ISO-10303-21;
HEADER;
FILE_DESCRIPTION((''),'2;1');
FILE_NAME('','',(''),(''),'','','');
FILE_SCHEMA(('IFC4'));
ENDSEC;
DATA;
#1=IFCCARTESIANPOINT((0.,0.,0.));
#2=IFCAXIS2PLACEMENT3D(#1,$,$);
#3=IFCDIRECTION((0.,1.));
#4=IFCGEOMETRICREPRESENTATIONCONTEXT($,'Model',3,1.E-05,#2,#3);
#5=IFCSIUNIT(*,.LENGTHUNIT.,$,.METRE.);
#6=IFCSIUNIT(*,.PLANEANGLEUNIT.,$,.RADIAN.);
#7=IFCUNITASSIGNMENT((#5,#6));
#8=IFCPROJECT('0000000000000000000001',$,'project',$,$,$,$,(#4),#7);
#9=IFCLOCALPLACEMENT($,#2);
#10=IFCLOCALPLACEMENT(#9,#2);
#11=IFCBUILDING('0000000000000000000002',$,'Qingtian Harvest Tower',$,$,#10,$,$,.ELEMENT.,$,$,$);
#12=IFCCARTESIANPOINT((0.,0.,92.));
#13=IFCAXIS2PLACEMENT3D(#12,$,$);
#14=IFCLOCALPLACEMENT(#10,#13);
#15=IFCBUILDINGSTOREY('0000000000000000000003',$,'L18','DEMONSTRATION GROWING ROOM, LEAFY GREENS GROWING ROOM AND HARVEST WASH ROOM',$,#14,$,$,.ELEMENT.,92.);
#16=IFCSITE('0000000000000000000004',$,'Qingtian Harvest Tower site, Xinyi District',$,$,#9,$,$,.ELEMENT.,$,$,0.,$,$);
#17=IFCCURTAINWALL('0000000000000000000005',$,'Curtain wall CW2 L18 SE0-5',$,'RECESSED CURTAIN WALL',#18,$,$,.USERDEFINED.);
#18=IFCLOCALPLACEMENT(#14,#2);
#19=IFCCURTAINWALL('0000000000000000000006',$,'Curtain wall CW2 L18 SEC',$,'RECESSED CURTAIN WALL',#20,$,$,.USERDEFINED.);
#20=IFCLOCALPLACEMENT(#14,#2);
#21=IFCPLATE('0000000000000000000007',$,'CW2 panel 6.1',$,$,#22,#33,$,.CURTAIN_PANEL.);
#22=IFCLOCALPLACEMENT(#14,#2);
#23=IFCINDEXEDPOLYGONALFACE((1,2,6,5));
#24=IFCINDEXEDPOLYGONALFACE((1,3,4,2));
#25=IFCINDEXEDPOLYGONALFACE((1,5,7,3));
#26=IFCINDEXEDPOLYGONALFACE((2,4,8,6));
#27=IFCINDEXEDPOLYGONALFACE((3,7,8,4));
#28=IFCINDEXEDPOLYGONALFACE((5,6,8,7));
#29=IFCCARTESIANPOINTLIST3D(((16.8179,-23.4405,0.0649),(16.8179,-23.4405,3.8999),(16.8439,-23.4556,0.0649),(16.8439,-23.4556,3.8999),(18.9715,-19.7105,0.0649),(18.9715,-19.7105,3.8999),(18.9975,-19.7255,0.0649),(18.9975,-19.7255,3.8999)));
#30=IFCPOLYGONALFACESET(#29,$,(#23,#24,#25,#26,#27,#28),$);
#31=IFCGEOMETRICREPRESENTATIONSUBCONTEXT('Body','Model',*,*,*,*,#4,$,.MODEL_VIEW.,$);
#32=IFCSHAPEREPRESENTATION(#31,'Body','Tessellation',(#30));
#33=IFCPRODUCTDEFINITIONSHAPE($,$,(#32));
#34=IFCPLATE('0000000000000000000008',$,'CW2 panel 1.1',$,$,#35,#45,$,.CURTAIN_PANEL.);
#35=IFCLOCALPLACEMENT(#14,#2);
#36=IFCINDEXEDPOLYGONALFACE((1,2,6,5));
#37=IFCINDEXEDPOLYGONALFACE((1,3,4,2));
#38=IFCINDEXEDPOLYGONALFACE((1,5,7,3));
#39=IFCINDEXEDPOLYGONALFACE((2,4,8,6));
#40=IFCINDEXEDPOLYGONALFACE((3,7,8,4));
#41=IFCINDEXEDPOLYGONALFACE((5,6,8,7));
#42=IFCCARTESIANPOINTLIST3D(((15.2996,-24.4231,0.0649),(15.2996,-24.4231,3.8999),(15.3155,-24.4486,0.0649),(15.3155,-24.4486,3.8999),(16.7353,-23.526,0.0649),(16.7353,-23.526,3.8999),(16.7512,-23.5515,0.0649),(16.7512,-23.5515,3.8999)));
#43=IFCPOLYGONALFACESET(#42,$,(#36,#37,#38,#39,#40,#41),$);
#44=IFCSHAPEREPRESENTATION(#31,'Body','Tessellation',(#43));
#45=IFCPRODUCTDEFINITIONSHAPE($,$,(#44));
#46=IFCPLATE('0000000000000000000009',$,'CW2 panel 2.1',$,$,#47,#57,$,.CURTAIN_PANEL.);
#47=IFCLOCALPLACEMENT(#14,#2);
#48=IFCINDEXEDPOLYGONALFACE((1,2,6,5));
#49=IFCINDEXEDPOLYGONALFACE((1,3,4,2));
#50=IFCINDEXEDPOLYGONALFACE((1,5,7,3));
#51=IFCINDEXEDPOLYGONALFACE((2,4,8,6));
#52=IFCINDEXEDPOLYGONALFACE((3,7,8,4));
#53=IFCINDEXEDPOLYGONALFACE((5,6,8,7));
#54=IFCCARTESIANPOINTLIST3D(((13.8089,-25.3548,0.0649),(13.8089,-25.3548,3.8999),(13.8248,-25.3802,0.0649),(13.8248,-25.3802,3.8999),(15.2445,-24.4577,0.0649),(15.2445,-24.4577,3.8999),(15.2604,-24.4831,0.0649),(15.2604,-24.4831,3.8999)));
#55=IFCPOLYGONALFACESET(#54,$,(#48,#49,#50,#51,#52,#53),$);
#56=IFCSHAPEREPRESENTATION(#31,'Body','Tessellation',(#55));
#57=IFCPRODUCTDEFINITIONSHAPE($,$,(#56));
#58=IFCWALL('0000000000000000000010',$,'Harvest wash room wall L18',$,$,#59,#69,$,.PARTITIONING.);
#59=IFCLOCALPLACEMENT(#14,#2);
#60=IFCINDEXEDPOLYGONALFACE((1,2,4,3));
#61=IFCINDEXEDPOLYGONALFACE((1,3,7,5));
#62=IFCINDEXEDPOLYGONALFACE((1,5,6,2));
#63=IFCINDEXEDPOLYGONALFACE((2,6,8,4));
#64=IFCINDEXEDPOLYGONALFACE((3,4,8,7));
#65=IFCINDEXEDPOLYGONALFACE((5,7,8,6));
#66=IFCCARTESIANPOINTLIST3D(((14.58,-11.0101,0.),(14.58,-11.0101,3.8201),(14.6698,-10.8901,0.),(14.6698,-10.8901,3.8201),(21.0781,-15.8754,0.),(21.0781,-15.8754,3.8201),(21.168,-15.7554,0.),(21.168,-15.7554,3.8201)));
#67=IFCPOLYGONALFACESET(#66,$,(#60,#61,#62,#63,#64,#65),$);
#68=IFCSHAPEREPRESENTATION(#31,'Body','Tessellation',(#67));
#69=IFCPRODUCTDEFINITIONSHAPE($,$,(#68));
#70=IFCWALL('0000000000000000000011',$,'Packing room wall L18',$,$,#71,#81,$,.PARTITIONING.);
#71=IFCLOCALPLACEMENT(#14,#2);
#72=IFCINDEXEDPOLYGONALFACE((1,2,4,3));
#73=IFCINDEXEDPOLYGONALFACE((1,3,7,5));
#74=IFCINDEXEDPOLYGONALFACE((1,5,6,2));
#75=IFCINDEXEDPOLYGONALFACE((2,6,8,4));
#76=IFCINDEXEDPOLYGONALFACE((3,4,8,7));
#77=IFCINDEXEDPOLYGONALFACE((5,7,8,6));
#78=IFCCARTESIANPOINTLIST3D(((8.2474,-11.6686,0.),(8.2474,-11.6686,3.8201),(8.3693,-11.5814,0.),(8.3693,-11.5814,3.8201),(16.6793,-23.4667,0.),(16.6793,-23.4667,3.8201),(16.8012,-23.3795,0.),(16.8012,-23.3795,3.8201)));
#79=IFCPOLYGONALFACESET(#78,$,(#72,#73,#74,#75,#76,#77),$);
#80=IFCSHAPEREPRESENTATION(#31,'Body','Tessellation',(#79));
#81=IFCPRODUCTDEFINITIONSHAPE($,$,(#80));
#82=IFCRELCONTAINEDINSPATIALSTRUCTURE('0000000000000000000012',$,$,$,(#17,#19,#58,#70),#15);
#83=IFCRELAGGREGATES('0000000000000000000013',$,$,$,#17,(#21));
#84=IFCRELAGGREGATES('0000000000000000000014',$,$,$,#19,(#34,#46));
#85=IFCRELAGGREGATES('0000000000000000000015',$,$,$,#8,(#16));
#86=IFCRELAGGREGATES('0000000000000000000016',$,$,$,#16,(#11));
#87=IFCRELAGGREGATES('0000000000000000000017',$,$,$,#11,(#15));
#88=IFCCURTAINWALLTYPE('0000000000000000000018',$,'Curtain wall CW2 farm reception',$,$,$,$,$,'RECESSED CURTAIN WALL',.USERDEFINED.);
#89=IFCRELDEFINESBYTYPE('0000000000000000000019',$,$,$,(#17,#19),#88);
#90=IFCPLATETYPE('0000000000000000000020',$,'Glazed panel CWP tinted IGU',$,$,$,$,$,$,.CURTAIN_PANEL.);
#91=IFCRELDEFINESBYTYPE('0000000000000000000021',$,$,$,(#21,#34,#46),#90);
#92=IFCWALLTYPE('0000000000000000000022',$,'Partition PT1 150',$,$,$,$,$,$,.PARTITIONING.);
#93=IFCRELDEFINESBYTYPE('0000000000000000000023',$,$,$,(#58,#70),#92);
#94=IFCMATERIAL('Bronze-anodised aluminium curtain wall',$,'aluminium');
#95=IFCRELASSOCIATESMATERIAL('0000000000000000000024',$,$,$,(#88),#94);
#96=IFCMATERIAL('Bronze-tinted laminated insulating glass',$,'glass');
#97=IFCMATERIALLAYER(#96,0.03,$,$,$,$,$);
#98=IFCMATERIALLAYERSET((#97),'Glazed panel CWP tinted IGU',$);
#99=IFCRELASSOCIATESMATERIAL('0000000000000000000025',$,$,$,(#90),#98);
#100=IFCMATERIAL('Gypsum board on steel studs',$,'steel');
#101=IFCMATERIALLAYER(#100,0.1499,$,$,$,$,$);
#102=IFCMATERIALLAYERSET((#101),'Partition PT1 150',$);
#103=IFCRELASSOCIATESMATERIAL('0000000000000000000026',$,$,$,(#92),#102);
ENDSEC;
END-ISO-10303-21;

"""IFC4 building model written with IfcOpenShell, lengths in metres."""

from ifc_helpers import new_model, si_unit, direction, frame, frame_2d, origin, origin_2d, place, context, subcontext, project, spatial, rectangle, extrude, material, layer, layer_set, type_object, element, aggregate, save


model = new_model("IFC4")

# Units and contexts
model_context = context("Model", 3, precision=1e-05, world=origin(), true_north=direction((0.0, 1.0)))
body_context = subcontext(model_context, "Body", "Model", "MODEL_VIEW")
ifc_project = project(units=[si_unit("LENGTHUNIT", "METRE"), si_unit("PLANEANGLEUNIT", "RADIAN")], contexts=[model_context])

# Site, building, storey
site_placement = place(None, origin())
site = spatial("IfcSite", under=ifc_project, at=site_placement, Name="Qingtian Harvest Tower site, Xinyi District", CompositionType="ELEMENT", RefElevation=0.0)
building_placement = place(site_placement, origin())
building = spatial("IfcBuilding", under=site, at=building_placement, Name="Qingtian Harvest Tower", CompositionType="ELEMENT")
storey_placement = place(building_placement, frame((0.0, 0.0, 92.0)))
storey = spatial("IfcBuildingStorey", under=building, at=storey_placement, Name="L18", Description="DEMONSTRATION GROWING ROOM, LEAFY GREENS GROWING ROOM AND HARVEST WASH ROOM", CompositionType="ELEMENT", Elevation=92.0)

# Curtain walls
ifc_material_1 = material(Name="Bronze-anodised aluminium curtain wall", Category="aluminium")
curtain_wall_type = type_object("IfcCurtainWallType", Name="Curtain wall CW2 farm reception", ElementType="RECESSED CURTAIN WALL", PredefinedType="USERDEFINED", material=ifc_material_1)
curtain_wall_1_placement = place(storey_placement, origin())
curtain_wall_1 = element("IfcCurtainWall", 1, at=curtain_wall_1_placement, inside=storey, type_object=curtain_wall_type, Name="Curtain wall CW2 L18 SE0-5", ObjectType="RECESSED CURTAIN WALL", PredefinedType="USERDEFINED")
curtain_wall_2_placement = place(storey_placement, origin())
curtain_wall_2 = element("IfcCurtainWall", 2, at=curtain_wall_2_placement, inside=storey, type_object=curtain_wall_type, Name="Curtain wall CW2 L18 SEC", ObjectType="RECESSED CURTAIN WALL", PredefinedType="USERDEFINED")

# Plates
ifc_material_2 = material(Name="Bronze-tinted laminated insulating glass", Category="glass")
ifc_layer_1 = layer(ifc_material_2, 0.03)
ifc_layer_set_1 = layer_set([ifc_layer_1], Name="Glazed panel CWP tinted IGU")
plate_type = type_object("IfcPlateType", Name="Glazed panel CWP tinted IGU", PredefinedType="CURTAIN_PANEL", material=ifc_layer_set_1)
plate_1_placement = place(storey_placement, frame((17.9077, -21.583, 0.0649), z_axis=(0.0, 0.0, 1.0), x_axis=(-0.5, -0.866025, 0.0)))
plate_1 = element("IfcPlate", 3, at=plate_1_placement, type_object=plate_type, Name="CW2 panel 6.1", PredefinedType="CURTAIN_PANEL", context=body_context, shape_type="SweptSolid", body=[
    extrude(rectangle(XDim=4.3071, YDim=0.03, at=origin_2d()), origin(), (0.0, 0.0, 1.0), 3.835),
])
aggregate(curtain_wall_1, [plate_1])
plate_2_placement = place(storey_placement, frame((16.0254, -23.9873, 0.0649), z_axis=(0.0, 0.0, 1.0), x_axis=(-0.848048, -0.529919, 0.0)))
plate_2 = element("IfcPlate", 4, at=plate_2_placement, type_object=plate_type, Name="CW2 panel 1.1", PredefinedType="CURTAIN_PANEL", context=body_context, shape_type="SweptSolid", body=[
    extrude(rectangle(XDim=1.6929, YDim=0.03, at=origin_2d()), origin(), (0.0, 0.0, 1.0), 3.835),
])
plate_3_placement = place(storey_placement, frame((14.5347, -24.9189, 0.0649), z_axis=(0.0, 0.0, 1.0), x_axis=(-0.848048, -0.529919, 0.0)))
plate_3 = element("IfcPlate", 5, at=plate_3_placement, type_object=plate_type, Name="CW2 panel 2.1", PredefinedType="CURTAIN_PANEL", context=body_context, shape_type="SweptSolid", body=[
    extrude(rectangle(XDim=1.6929, YDim=0.03, at=origin_2d()), origin(), (0.0, 0.0, 1.0), 3.835),
])
aggregate(curtain_wall_2, [plate_2, plate_3])

# Walls
ifc_material_3 = material(Name="Gypsum board on steel studs", Category="steel")
ifc_layer_2 = layer(ifc_material_3, 0.1499)
ifc_layer_set_2 = layer_set([ifc_layer_2], Name="Partition PT1 150")
wall_type = type_object("IfcWallType", Name="Partition PT1 150", PredefinedType="PARTITIONING", material=ifc_layer_set_2)
wall_1_placement = place(storey_placement, frame((21.123, -15.8154, 0.0), z_axis=(0.0, 0.0, 1.0), x_axis=(-0.800491, 0.599345, 0.0)))
element("IfcWall", 6, at=wall_1_placement, inside=storey, type_object=wall_type, Name="Harvest wash room wall L18", PredefinedType="PARTITIONING", context=body_context, shape_type="SweptSolid", body=[
    extrude(rectangle(XDim=8.1177, YDim=0.1499, at=frame_2d((4.0588, 0.0))), origin(), (0.0, 0.0, 1.0), 3.8201),
])
wall_2_placement = place(storey_placement, frame((16.7402, -23.4231, 0.0), z_axis=(0.0, 0.0, 1.0), x_axis=(-0.581452, 0.813581, 0.0)))
element("IfcWall", 7, at=wall_2_placement, inside=storey, type_object=wall_type, Name="Packing room wall L18", PredefinedType="PARTITIONING", context=body_context, shape_type="SweptSolid", body=[
    extrude(rectangle(XDim=14.5015, YDim=0.1499, at=frame_2d((7.2507, 0.0))), origin(), (0.0, 0.0, 1.0), 3.8201),
])

save(model, "model.ifc")
